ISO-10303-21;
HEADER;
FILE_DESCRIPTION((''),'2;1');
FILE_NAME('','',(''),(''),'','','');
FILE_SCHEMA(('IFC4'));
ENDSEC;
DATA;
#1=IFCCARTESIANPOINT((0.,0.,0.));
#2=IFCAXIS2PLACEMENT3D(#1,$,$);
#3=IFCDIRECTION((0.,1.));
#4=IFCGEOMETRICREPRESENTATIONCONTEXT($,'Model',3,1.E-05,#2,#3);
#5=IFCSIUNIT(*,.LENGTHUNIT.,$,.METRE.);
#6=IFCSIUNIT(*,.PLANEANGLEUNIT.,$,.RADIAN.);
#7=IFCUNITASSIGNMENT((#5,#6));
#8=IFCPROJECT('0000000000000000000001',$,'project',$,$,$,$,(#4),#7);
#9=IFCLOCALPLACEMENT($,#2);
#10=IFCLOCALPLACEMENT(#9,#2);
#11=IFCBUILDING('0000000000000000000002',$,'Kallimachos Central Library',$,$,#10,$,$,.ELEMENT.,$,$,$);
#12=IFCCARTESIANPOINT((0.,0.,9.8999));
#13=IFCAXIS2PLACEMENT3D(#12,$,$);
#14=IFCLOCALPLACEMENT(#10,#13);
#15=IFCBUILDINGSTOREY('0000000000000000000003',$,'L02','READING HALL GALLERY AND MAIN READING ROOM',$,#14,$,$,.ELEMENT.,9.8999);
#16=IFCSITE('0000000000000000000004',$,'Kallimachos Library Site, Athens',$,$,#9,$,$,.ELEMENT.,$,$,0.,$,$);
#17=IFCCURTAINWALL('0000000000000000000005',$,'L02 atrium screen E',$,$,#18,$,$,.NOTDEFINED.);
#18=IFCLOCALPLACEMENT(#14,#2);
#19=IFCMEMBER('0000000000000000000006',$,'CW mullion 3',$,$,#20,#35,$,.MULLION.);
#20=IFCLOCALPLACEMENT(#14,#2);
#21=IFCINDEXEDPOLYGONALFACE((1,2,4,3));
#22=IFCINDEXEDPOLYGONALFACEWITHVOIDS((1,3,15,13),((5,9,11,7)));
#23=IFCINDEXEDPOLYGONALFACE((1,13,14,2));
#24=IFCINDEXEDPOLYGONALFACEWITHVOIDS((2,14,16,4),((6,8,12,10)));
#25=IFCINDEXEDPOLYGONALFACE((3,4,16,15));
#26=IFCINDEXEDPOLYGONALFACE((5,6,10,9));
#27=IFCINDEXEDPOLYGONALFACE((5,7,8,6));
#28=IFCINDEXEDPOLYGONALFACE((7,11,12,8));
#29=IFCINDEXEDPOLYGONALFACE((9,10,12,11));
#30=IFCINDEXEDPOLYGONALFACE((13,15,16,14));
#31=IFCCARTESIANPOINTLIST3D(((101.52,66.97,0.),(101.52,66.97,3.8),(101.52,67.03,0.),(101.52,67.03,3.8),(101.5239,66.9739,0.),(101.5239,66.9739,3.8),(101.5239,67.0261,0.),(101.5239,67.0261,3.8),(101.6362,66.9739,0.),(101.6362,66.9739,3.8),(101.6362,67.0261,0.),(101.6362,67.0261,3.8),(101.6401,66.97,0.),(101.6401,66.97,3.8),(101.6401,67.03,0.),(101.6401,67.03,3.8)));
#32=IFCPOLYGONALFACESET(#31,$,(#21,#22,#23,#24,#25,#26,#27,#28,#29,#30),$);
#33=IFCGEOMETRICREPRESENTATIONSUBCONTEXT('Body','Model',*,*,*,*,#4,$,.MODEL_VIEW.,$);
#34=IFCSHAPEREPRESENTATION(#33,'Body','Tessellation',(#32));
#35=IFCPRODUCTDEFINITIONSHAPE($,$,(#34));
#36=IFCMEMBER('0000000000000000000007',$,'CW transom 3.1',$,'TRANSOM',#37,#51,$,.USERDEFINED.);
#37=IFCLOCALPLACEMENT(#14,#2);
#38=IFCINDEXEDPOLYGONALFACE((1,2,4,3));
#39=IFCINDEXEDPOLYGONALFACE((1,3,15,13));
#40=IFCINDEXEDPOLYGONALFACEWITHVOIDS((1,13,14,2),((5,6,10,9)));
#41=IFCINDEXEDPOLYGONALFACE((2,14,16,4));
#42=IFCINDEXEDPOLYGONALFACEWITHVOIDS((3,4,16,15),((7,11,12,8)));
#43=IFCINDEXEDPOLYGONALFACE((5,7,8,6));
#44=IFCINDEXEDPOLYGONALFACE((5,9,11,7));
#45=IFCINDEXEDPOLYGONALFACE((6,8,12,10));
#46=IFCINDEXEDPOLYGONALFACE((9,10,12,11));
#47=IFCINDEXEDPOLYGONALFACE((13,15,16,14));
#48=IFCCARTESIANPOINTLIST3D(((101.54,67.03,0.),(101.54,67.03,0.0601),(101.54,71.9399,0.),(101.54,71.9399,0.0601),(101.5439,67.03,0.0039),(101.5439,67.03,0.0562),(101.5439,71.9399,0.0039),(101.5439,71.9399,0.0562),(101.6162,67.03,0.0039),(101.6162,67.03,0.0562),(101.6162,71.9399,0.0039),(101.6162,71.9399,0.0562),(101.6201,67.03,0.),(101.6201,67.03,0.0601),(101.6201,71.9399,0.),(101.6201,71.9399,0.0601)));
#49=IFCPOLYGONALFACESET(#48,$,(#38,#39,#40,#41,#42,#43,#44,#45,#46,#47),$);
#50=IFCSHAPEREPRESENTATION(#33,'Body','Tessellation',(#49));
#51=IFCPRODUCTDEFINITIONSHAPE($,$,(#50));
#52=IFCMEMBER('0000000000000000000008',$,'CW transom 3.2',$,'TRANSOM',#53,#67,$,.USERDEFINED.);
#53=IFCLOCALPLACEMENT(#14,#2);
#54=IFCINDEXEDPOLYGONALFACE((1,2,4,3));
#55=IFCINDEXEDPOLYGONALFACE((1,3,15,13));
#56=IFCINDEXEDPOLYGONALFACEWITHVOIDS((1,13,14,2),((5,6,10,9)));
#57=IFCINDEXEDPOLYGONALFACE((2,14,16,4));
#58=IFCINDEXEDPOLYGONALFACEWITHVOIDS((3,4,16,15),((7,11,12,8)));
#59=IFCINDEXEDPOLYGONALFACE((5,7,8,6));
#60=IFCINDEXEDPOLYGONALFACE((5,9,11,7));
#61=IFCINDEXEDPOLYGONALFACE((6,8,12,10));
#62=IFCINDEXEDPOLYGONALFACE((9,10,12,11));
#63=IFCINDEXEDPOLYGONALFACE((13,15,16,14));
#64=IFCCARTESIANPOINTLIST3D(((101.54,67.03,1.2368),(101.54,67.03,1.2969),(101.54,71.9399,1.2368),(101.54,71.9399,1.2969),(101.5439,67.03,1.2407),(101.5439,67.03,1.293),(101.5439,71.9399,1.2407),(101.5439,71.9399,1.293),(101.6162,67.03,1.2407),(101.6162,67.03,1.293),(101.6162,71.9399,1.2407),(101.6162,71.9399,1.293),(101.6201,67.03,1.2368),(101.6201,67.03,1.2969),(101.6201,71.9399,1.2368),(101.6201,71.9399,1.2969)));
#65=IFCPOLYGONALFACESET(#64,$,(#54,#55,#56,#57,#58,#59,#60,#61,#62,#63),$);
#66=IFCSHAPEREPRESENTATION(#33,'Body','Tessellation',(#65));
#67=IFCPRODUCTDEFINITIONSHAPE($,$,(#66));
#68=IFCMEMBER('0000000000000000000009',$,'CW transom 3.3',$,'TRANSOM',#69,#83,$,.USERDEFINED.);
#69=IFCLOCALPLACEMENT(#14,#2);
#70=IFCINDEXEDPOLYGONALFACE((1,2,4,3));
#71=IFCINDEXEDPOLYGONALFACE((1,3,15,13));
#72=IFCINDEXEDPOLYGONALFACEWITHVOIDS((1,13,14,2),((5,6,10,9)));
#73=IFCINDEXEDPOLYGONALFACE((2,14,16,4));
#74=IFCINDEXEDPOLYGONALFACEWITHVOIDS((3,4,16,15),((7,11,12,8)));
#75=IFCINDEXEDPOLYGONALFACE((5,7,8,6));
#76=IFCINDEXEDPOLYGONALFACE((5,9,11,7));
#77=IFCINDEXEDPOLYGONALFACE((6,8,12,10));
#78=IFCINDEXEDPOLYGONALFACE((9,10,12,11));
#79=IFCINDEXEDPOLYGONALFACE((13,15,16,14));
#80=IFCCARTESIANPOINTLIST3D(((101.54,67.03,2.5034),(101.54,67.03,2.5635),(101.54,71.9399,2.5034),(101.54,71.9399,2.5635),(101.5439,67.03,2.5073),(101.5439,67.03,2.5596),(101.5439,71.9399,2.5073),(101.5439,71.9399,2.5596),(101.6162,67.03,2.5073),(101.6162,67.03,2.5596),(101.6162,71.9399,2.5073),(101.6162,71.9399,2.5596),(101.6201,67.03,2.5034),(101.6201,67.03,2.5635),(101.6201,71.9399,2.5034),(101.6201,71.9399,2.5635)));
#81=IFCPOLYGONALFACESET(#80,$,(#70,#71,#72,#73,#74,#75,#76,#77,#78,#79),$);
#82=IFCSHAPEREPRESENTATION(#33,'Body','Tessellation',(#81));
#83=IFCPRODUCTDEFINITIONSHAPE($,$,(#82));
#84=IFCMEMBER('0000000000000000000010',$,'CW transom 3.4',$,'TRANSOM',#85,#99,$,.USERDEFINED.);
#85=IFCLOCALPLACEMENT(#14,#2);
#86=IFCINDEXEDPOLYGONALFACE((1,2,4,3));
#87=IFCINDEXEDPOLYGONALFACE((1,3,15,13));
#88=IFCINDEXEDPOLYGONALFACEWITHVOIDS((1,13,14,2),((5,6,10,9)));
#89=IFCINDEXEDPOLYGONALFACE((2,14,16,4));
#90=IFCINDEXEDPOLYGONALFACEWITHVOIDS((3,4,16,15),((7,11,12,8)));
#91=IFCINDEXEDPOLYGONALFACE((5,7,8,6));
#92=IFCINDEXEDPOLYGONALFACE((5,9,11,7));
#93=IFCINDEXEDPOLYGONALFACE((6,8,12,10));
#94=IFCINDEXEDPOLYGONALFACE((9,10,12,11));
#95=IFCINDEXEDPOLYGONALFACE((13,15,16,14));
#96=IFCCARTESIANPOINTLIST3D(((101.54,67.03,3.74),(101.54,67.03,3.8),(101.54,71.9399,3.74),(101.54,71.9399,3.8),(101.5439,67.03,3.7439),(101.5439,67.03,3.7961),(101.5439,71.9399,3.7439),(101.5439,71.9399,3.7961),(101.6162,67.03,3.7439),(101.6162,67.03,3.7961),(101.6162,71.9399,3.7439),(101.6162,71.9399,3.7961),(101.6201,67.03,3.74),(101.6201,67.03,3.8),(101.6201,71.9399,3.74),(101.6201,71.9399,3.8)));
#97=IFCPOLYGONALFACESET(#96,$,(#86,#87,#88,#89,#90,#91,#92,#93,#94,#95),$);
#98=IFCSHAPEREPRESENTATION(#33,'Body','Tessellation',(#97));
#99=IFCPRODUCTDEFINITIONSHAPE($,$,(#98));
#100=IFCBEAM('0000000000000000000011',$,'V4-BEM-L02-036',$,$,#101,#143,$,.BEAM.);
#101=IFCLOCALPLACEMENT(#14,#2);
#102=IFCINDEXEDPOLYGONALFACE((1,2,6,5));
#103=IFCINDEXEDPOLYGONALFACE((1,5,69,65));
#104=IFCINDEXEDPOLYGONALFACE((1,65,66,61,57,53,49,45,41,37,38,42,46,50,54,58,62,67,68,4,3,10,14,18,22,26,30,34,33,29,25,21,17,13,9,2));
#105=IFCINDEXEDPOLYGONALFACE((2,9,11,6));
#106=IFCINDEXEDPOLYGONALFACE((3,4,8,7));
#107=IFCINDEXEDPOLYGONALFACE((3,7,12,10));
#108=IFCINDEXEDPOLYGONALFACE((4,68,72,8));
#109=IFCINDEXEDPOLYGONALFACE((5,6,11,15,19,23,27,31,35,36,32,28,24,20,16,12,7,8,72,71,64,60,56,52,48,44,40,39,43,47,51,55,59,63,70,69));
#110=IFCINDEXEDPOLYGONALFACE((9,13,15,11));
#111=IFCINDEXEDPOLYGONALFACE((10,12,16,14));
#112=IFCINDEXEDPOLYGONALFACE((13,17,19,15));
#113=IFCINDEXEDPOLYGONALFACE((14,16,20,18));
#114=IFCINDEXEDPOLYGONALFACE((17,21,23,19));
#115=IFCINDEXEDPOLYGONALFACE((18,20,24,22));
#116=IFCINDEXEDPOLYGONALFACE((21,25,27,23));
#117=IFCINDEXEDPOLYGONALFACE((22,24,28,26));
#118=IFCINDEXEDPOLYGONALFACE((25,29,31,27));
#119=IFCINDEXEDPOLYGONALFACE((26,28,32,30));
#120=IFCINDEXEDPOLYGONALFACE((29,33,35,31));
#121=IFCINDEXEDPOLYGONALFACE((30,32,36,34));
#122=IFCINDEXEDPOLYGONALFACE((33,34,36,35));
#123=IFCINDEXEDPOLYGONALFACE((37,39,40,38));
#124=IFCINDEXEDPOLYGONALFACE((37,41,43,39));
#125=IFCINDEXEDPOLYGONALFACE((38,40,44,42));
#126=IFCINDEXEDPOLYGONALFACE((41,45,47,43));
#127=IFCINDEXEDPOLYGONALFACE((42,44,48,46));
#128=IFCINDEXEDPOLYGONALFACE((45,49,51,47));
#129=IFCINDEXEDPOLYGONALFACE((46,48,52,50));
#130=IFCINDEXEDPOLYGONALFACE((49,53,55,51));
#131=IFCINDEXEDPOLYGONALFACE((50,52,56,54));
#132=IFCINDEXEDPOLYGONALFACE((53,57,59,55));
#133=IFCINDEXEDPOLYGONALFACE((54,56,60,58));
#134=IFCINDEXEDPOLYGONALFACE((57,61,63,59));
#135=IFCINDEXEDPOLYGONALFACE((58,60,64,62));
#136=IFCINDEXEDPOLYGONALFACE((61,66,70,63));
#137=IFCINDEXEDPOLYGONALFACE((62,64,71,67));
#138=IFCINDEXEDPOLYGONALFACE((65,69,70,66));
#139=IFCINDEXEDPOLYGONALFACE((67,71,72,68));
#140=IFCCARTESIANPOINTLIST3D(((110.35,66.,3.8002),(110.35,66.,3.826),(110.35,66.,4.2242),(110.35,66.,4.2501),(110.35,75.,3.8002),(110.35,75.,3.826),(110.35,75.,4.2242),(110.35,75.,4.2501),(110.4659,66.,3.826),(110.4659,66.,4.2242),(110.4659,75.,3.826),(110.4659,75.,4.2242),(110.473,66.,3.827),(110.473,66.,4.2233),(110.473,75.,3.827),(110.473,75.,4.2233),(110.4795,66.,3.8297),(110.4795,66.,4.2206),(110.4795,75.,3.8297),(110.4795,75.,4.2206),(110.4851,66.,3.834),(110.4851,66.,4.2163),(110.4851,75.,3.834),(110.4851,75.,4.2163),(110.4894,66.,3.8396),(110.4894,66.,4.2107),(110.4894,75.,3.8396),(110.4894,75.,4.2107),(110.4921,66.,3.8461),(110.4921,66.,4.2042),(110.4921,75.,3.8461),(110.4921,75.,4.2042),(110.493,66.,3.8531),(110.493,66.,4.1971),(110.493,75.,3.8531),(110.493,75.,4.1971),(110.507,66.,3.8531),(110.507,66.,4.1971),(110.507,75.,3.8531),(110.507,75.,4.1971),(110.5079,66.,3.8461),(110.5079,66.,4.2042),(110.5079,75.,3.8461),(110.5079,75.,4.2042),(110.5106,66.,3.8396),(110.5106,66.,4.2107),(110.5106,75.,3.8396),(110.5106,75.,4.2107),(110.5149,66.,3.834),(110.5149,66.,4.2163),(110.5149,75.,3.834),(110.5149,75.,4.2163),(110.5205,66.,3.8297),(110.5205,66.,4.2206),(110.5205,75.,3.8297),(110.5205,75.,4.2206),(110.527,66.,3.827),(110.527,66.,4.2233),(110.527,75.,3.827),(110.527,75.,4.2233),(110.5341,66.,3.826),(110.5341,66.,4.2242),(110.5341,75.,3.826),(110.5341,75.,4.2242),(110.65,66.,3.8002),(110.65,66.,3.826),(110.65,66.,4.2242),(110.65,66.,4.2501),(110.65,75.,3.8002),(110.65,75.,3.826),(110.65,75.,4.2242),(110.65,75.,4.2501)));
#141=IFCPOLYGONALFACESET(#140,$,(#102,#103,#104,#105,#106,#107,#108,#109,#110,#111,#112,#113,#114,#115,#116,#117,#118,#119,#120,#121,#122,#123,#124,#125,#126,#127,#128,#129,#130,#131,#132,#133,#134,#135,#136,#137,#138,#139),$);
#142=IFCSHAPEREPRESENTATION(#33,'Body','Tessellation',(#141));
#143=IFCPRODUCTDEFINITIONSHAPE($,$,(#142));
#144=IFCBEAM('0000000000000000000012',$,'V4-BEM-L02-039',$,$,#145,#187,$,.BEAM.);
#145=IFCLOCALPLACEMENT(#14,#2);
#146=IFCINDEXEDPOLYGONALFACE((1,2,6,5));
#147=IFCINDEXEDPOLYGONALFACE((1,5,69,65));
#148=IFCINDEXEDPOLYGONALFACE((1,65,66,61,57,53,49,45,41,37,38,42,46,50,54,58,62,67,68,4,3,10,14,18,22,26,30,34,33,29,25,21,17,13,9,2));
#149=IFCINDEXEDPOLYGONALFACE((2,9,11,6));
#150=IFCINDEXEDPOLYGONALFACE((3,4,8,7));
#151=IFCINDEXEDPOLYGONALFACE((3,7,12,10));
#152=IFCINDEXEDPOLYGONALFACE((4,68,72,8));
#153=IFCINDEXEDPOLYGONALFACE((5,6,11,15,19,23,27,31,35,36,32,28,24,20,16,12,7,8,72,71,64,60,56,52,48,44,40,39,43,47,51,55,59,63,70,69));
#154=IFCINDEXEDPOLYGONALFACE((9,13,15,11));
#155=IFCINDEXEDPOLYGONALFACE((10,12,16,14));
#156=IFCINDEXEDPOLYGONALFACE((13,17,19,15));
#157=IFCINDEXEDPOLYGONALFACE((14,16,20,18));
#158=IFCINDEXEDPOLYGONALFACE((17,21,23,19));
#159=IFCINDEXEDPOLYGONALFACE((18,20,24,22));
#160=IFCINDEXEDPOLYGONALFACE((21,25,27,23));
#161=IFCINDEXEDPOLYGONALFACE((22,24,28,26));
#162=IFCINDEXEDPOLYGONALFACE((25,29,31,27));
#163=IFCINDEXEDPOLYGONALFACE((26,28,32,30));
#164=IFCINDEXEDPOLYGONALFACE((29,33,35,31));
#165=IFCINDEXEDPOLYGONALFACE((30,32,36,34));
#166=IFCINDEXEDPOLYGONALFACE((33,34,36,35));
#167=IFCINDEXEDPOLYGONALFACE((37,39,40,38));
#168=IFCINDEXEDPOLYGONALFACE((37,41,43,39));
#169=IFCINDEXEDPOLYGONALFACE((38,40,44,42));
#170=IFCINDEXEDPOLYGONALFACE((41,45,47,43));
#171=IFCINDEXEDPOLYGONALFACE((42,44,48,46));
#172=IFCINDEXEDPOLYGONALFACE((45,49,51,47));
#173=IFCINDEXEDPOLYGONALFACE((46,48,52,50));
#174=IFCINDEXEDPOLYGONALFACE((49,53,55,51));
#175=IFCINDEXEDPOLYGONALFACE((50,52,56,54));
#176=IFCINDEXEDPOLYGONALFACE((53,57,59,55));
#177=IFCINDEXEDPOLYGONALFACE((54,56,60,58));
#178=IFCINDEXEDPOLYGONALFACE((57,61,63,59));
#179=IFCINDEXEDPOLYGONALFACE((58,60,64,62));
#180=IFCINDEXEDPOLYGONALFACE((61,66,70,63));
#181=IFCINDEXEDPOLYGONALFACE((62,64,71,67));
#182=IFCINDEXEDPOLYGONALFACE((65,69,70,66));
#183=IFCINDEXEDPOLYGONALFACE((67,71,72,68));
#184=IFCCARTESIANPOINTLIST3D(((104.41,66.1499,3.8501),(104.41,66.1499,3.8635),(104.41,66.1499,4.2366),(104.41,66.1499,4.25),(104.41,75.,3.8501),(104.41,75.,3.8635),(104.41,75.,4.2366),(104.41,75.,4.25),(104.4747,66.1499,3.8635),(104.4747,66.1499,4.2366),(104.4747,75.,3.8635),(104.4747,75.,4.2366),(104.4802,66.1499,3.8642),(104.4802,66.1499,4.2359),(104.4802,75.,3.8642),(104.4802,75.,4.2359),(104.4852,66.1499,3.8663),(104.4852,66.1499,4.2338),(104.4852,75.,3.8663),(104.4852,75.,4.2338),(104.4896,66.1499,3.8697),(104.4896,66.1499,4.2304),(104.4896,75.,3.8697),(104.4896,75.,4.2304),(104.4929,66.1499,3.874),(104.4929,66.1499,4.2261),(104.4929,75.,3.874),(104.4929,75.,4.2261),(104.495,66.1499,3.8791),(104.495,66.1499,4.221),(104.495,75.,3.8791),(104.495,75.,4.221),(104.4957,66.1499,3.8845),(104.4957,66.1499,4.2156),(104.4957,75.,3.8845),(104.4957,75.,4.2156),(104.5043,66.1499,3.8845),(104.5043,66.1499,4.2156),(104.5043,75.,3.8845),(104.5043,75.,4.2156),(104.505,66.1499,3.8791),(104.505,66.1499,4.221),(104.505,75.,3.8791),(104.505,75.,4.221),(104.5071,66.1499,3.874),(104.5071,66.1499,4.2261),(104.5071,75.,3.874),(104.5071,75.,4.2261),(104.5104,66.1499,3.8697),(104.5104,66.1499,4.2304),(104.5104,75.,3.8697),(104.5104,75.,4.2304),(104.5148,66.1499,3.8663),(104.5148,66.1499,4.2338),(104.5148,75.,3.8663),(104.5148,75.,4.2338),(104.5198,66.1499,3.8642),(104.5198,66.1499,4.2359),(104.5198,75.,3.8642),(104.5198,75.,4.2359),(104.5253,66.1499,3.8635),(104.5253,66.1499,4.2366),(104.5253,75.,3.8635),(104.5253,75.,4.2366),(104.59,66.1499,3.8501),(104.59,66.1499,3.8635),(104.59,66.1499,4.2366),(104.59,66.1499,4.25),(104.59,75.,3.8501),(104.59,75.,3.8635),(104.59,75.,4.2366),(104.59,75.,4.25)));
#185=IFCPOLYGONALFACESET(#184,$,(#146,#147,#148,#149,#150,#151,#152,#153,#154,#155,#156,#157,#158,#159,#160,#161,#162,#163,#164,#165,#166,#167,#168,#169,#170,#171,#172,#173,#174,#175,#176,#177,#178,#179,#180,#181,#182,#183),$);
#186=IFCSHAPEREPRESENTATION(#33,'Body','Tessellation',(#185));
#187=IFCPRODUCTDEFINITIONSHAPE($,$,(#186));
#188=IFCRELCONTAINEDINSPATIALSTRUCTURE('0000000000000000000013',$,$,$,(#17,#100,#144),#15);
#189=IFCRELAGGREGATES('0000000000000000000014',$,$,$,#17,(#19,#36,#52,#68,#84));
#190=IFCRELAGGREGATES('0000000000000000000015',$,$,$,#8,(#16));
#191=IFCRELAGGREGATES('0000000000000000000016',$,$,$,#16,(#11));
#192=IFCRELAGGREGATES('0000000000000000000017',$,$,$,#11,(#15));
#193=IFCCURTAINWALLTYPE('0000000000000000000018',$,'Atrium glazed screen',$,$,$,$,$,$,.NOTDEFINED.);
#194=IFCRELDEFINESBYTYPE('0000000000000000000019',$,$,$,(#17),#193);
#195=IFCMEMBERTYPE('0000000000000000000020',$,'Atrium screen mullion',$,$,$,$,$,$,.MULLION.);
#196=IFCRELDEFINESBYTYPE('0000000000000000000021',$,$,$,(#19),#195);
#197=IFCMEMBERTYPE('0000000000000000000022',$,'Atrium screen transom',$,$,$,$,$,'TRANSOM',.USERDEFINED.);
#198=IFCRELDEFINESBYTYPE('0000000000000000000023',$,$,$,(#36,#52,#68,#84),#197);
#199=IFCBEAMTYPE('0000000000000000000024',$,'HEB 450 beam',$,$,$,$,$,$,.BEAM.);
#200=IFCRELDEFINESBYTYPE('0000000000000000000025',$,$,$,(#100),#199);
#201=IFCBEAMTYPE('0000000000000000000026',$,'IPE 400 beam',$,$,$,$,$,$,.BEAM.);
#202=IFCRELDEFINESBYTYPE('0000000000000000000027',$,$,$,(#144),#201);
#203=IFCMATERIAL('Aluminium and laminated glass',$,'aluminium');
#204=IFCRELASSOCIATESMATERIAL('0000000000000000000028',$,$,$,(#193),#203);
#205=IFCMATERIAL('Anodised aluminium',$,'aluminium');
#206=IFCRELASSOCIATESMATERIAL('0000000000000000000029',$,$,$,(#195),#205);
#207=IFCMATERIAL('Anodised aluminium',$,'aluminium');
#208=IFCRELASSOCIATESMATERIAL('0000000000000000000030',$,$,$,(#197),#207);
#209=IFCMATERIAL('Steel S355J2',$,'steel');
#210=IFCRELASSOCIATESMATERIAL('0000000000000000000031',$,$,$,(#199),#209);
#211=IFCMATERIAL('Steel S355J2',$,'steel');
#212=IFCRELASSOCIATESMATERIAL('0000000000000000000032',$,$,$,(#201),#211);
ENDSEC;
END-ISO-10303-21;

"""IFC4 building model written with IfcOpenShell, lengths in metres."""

from ifc_helpers import new_model, si_unit, direction, frame, origin, origin_2d, place, context, subcontext, project, spatial, hollow_rectangle, i_section, extrude, material, material_profile, profile_set, type_object, element, aggregate, save


model = new_model("IFC4")

# Units and contexts
model_context = context("Model", 3, precision=1e-05, world=origin(), true_north=direction((0.0, 1.0)))
body_context = subcontext(model_context, "Body", "Model", "MODEL_VIEW")
ifc_project = project(units=[si_unit("LENGTHUNIT", "METRE"), si_unit("PLANEANGLEUNIT", "RADIAN")], contexts=[model_context])

# Site, building, storey
site_placement = place(None, origin())
site = spatial("IfcSite", under=ifc_project, at=site_placement, Name="Kallimachos Library Site, Athens", CompositionType="ELEMENT", RefElevation=0.0)
building_placement = place(site_placement, origin())
building = spatial("IfcBuilding", under=site, at=building_placement, Name="Kallimachos Central Library", CompositionType="ELEMENT")
storey_placement = place(building_placement, frame((0.0, 0.0, 9.8999)))
storey = spatial("IfcBuildingStorey", under=building, at=storey_placement, Name="L02", Description="READING HALL GALLERY AND MAIN READING ROOM", CompositionType="ELEMENT", Elevation=9.8999)

# Curtain wall, members
ifc_material_1 = material(Name="Aluminium and laminated glass", Category="aluminium")
curtain_wall_type_1 = type_object("IfcCurtainWallType", Name="Atrium glazed screen", PredefinedType="NOTDEFINED", material=ifc_material_1)
curtain_wall_1_placement = place(storey_placement, origin())
curtain_wall_1 = element("IfcCurtainWall", 1, at=curtain_wall_1_placement, inside=storey, type_object=curtain_wall_type_1, Name="L02 atrium screen E", PredefinedType="NOTDEFINED")
ifc_material_2 = material(Name="Anodised aluminium", Category="aluminium")
ifc_material_profile_1 = material_profile(ifc_material_2, hollow_rectangle(XDim=0.0601, YDim=0.1201, WallThickness=0.0039, at=origin_2d()), Name="ALU MULLION 60x120")
ifc_profile_set_1 = profile_set([ifc_material_profile_1], Name="Anodised aluminium")
member_type_1 = type_object("IfcMemberType", Name="Atrium screen mullion", PredefinedType="MULLION", material=ifc_profile_set_1)
member_1_placement = place(storey_placement, frame((101.5801, 67.0, 0.0), z_axis=(0.0, 0.0, 1.0), x_axis=(0.0, 1.0, 0.0)))
member_1 = element("IfcMember", 2, at=member_1_placement, type_object=member_type_1, Name="CW mullion 3", PredefinedType="MULLION", context=body_context, shape_type="SweptSolid", body=[
    extrude(hollow_rectangle(XDim=0.0601, YDim=0.1201, WallThickness=0.0039, at=origin_2d()), origin(), (0.0, 0.0, 1.0), 3.8),
])
ifc_material_3 = material(Name="Anodised aluminium", Category="aluminium")
ifc_material_profile_2 = material_profile(ifc_material_3, hollow_rectangle(XDim=0.0601, YDim=0.0801, WallThickness=0.0039, at=origin_2d()), Name="ALU TRANSOM 60x80")
ifc_profile_set_2 = profile_set([ifc_material_profile_2], Name="Anodised aluminium")
member_type_2 = type_object("IfcMemberType", Name="Atrium screen transom", ElementType="TRANSOM", PredefinedType="USERDEFINED", material=ifc_profile_set_2)
member_2_placement = place(storey_placement, frame((101.5801, 67.03, 0.03), z_axis=(0.0, 1.0, 0.0), x_axis=(0.0, 0.0, 1.0)))
member_2 = element("IfcMember", 3, at=member_2_placement, type_object=member_type_2, Name="CW transom 3.1", ObjectType="TRANSOM", PredefinedType="USERDEFINED", context=body_context, shape_type="SweptSolid", body=[
    extrude(hollow_rectangle(XDim=0.0601, YDim=0.0801, WallThickness=0.0039, at=origin_2d()), origin(), (0.0, 0.0, 1.0), 4.9099),
])
member_3_placement = place(storey_placement, frame((101.5801, 67.03, 1.2668), z_axis=(0.0, 1.0, 0.0), x_axis=(0.0, 0.0, 1.0)))
member_3 = element("IfcMember", 4, at=member_3_placement, type_object=member_type_2, Name="CW transom 3.2", ObjectType="TRANSOM", PredefinedType="USERDEFINED", context=body_context, shape_type="SweptSolid", body=[
    extrude(hollow_rectangle(XDim=0.0601, YDim=0.0801, WallThickness=0.0039, at=origin_2d()), origin(), (0.0, 0.0, 1.0), 4.9099),
])
member_4_placement = place(storey_placement, frame((101.5801, 67.03, 2.5334), z_axis=(0.0, 1.0, 0.0), x_axis=(0.0, 0.0, 1.0)))
member_4 = element("IfcMember", 5, at=member_4_placement, type_object=member_type_2, Name="CW transom 3.3", ObjectType="TRANSOM", PredefinedType="USERDEFINED", context=body_context, shape_type="SweptSolid", body=[
    extrude(hollow_rectangle(XDim=0.0601, YDim=0.0801, WallThickness=0.0039, at=origin_2d()), origin(), (0.0, 0.0, 1.0), 4.9099),
])
member_5_placement = place(storey_placement, frame((101.5801, 67.03, 3.77), z_axis=(0.0, 1.0, 0.0), x_axis=(0.0, 0.0, 1.0)))
member_5 = element("IfcMember", 6, at=member_5_placement, type_object=member_type_2, Name="CW transom 3.4", ObjectType="TRANSOM", PredefinedType="USERDEFINED", context=body_context, shape_type="SweptSolid", body=[
    extrude(hollow_rectangle(XDim=0.0601, YDim=0.0801, WallThickness=0.0039, at=origin_2d()), origin(), (0.0, 0.0, 1.0), 4.9099),
])

# Beams
ifc_material_4 = material(Name="Steel S355J2", Category="steel")
ifc_material_profile_3 = material_profile(ifc_material_4, i_section(OverallWidth=0.3, OverallDepth=0.45, WebThickness=0.0139, FlangeThickness=0.0259, FilletRadius=0.0271, at=origin_2d()), Name="HEB 450")
ifc_profile_set_3 = profile_set([ifc_material_profile_3], Name="Steel S355J2")
beam_type_1 = type_object("IfcBeamType", Name="HEB 450 beam", PredefinedType="BEAM", material=ifc_profile_set_3)
beam_placement = place(storey_placement, frame((110.5, 66.0, 4.0251), z_axis=(0.0, 1.0, 0.0), x_axis=(-1.0, 0.0, 0.0)))
element("IfcBeam", 7, at=beam_placement, inside=storey, type_object=beam_type_1, Name="V4-BEM-L02-036", PredefinedType="BEAM", context=body_context, shape_type="SweptSolid", body=[
    extrude(i_section(OverallWidth=0.3, OverallDepth=0.45, WebThickness=0.0139, FlangeThickness=0.0259, FilletRadius=0.0271, at=origin_2d()), origin(), (0.0, 0.0, 1.0), 9.0),
])
ifc_material_5 = material(Name="Steel S355J2", Category="steel")
ifc_material_profile_4 = material_profile(ifc_material_5, i_section(OverallWidth=0.1799, OverallDepth=0.3999, WebThickness=0.0085, FlangeThickness=0.0134, FilletRadius=0.021, at=origin_2d()), Name="IPE 400")
ifc_profile_set_4 = profile_set([ifc_material_profile_4], Name="Steel S355J2")
beam_type_2 = type_object("IfcBeamType", Name="IPE 400 beam", PredefinedType="BEAM", material=ifc_profile_set_4)
for number, where, z_axis, x_axis, name in (
    (8, (104.5, 66.1499, 4.05), (0.0, 1.0, 0.0), (-1.0, 0.0, 0.0), "V4-BEM-L02-039"),
):
    element("IfcBeam", number, at=place(storey_placement, frame(where, z_axis=z_axis, x_axis=x_axis)), inside=storey, type_object=beam_type_2, Name=name, PredefinedType="BEAM", context=body_context, shape_type="SweptSolid", body=[
        extrude(i_section(OverallWidth=0.1799, OverallDepth=0.3999, WebThickness=0.0085, FlangeThickness=0.0134, FilletRadius=0.021, at=origin_2d()), origin(), (0.0, 0.0, 1.0), 8.8501),
    ])

aggregate(curtain_wall_1, [member_1, member_2, member_3, member_4, member_5])

save(model, "model.ifc")
